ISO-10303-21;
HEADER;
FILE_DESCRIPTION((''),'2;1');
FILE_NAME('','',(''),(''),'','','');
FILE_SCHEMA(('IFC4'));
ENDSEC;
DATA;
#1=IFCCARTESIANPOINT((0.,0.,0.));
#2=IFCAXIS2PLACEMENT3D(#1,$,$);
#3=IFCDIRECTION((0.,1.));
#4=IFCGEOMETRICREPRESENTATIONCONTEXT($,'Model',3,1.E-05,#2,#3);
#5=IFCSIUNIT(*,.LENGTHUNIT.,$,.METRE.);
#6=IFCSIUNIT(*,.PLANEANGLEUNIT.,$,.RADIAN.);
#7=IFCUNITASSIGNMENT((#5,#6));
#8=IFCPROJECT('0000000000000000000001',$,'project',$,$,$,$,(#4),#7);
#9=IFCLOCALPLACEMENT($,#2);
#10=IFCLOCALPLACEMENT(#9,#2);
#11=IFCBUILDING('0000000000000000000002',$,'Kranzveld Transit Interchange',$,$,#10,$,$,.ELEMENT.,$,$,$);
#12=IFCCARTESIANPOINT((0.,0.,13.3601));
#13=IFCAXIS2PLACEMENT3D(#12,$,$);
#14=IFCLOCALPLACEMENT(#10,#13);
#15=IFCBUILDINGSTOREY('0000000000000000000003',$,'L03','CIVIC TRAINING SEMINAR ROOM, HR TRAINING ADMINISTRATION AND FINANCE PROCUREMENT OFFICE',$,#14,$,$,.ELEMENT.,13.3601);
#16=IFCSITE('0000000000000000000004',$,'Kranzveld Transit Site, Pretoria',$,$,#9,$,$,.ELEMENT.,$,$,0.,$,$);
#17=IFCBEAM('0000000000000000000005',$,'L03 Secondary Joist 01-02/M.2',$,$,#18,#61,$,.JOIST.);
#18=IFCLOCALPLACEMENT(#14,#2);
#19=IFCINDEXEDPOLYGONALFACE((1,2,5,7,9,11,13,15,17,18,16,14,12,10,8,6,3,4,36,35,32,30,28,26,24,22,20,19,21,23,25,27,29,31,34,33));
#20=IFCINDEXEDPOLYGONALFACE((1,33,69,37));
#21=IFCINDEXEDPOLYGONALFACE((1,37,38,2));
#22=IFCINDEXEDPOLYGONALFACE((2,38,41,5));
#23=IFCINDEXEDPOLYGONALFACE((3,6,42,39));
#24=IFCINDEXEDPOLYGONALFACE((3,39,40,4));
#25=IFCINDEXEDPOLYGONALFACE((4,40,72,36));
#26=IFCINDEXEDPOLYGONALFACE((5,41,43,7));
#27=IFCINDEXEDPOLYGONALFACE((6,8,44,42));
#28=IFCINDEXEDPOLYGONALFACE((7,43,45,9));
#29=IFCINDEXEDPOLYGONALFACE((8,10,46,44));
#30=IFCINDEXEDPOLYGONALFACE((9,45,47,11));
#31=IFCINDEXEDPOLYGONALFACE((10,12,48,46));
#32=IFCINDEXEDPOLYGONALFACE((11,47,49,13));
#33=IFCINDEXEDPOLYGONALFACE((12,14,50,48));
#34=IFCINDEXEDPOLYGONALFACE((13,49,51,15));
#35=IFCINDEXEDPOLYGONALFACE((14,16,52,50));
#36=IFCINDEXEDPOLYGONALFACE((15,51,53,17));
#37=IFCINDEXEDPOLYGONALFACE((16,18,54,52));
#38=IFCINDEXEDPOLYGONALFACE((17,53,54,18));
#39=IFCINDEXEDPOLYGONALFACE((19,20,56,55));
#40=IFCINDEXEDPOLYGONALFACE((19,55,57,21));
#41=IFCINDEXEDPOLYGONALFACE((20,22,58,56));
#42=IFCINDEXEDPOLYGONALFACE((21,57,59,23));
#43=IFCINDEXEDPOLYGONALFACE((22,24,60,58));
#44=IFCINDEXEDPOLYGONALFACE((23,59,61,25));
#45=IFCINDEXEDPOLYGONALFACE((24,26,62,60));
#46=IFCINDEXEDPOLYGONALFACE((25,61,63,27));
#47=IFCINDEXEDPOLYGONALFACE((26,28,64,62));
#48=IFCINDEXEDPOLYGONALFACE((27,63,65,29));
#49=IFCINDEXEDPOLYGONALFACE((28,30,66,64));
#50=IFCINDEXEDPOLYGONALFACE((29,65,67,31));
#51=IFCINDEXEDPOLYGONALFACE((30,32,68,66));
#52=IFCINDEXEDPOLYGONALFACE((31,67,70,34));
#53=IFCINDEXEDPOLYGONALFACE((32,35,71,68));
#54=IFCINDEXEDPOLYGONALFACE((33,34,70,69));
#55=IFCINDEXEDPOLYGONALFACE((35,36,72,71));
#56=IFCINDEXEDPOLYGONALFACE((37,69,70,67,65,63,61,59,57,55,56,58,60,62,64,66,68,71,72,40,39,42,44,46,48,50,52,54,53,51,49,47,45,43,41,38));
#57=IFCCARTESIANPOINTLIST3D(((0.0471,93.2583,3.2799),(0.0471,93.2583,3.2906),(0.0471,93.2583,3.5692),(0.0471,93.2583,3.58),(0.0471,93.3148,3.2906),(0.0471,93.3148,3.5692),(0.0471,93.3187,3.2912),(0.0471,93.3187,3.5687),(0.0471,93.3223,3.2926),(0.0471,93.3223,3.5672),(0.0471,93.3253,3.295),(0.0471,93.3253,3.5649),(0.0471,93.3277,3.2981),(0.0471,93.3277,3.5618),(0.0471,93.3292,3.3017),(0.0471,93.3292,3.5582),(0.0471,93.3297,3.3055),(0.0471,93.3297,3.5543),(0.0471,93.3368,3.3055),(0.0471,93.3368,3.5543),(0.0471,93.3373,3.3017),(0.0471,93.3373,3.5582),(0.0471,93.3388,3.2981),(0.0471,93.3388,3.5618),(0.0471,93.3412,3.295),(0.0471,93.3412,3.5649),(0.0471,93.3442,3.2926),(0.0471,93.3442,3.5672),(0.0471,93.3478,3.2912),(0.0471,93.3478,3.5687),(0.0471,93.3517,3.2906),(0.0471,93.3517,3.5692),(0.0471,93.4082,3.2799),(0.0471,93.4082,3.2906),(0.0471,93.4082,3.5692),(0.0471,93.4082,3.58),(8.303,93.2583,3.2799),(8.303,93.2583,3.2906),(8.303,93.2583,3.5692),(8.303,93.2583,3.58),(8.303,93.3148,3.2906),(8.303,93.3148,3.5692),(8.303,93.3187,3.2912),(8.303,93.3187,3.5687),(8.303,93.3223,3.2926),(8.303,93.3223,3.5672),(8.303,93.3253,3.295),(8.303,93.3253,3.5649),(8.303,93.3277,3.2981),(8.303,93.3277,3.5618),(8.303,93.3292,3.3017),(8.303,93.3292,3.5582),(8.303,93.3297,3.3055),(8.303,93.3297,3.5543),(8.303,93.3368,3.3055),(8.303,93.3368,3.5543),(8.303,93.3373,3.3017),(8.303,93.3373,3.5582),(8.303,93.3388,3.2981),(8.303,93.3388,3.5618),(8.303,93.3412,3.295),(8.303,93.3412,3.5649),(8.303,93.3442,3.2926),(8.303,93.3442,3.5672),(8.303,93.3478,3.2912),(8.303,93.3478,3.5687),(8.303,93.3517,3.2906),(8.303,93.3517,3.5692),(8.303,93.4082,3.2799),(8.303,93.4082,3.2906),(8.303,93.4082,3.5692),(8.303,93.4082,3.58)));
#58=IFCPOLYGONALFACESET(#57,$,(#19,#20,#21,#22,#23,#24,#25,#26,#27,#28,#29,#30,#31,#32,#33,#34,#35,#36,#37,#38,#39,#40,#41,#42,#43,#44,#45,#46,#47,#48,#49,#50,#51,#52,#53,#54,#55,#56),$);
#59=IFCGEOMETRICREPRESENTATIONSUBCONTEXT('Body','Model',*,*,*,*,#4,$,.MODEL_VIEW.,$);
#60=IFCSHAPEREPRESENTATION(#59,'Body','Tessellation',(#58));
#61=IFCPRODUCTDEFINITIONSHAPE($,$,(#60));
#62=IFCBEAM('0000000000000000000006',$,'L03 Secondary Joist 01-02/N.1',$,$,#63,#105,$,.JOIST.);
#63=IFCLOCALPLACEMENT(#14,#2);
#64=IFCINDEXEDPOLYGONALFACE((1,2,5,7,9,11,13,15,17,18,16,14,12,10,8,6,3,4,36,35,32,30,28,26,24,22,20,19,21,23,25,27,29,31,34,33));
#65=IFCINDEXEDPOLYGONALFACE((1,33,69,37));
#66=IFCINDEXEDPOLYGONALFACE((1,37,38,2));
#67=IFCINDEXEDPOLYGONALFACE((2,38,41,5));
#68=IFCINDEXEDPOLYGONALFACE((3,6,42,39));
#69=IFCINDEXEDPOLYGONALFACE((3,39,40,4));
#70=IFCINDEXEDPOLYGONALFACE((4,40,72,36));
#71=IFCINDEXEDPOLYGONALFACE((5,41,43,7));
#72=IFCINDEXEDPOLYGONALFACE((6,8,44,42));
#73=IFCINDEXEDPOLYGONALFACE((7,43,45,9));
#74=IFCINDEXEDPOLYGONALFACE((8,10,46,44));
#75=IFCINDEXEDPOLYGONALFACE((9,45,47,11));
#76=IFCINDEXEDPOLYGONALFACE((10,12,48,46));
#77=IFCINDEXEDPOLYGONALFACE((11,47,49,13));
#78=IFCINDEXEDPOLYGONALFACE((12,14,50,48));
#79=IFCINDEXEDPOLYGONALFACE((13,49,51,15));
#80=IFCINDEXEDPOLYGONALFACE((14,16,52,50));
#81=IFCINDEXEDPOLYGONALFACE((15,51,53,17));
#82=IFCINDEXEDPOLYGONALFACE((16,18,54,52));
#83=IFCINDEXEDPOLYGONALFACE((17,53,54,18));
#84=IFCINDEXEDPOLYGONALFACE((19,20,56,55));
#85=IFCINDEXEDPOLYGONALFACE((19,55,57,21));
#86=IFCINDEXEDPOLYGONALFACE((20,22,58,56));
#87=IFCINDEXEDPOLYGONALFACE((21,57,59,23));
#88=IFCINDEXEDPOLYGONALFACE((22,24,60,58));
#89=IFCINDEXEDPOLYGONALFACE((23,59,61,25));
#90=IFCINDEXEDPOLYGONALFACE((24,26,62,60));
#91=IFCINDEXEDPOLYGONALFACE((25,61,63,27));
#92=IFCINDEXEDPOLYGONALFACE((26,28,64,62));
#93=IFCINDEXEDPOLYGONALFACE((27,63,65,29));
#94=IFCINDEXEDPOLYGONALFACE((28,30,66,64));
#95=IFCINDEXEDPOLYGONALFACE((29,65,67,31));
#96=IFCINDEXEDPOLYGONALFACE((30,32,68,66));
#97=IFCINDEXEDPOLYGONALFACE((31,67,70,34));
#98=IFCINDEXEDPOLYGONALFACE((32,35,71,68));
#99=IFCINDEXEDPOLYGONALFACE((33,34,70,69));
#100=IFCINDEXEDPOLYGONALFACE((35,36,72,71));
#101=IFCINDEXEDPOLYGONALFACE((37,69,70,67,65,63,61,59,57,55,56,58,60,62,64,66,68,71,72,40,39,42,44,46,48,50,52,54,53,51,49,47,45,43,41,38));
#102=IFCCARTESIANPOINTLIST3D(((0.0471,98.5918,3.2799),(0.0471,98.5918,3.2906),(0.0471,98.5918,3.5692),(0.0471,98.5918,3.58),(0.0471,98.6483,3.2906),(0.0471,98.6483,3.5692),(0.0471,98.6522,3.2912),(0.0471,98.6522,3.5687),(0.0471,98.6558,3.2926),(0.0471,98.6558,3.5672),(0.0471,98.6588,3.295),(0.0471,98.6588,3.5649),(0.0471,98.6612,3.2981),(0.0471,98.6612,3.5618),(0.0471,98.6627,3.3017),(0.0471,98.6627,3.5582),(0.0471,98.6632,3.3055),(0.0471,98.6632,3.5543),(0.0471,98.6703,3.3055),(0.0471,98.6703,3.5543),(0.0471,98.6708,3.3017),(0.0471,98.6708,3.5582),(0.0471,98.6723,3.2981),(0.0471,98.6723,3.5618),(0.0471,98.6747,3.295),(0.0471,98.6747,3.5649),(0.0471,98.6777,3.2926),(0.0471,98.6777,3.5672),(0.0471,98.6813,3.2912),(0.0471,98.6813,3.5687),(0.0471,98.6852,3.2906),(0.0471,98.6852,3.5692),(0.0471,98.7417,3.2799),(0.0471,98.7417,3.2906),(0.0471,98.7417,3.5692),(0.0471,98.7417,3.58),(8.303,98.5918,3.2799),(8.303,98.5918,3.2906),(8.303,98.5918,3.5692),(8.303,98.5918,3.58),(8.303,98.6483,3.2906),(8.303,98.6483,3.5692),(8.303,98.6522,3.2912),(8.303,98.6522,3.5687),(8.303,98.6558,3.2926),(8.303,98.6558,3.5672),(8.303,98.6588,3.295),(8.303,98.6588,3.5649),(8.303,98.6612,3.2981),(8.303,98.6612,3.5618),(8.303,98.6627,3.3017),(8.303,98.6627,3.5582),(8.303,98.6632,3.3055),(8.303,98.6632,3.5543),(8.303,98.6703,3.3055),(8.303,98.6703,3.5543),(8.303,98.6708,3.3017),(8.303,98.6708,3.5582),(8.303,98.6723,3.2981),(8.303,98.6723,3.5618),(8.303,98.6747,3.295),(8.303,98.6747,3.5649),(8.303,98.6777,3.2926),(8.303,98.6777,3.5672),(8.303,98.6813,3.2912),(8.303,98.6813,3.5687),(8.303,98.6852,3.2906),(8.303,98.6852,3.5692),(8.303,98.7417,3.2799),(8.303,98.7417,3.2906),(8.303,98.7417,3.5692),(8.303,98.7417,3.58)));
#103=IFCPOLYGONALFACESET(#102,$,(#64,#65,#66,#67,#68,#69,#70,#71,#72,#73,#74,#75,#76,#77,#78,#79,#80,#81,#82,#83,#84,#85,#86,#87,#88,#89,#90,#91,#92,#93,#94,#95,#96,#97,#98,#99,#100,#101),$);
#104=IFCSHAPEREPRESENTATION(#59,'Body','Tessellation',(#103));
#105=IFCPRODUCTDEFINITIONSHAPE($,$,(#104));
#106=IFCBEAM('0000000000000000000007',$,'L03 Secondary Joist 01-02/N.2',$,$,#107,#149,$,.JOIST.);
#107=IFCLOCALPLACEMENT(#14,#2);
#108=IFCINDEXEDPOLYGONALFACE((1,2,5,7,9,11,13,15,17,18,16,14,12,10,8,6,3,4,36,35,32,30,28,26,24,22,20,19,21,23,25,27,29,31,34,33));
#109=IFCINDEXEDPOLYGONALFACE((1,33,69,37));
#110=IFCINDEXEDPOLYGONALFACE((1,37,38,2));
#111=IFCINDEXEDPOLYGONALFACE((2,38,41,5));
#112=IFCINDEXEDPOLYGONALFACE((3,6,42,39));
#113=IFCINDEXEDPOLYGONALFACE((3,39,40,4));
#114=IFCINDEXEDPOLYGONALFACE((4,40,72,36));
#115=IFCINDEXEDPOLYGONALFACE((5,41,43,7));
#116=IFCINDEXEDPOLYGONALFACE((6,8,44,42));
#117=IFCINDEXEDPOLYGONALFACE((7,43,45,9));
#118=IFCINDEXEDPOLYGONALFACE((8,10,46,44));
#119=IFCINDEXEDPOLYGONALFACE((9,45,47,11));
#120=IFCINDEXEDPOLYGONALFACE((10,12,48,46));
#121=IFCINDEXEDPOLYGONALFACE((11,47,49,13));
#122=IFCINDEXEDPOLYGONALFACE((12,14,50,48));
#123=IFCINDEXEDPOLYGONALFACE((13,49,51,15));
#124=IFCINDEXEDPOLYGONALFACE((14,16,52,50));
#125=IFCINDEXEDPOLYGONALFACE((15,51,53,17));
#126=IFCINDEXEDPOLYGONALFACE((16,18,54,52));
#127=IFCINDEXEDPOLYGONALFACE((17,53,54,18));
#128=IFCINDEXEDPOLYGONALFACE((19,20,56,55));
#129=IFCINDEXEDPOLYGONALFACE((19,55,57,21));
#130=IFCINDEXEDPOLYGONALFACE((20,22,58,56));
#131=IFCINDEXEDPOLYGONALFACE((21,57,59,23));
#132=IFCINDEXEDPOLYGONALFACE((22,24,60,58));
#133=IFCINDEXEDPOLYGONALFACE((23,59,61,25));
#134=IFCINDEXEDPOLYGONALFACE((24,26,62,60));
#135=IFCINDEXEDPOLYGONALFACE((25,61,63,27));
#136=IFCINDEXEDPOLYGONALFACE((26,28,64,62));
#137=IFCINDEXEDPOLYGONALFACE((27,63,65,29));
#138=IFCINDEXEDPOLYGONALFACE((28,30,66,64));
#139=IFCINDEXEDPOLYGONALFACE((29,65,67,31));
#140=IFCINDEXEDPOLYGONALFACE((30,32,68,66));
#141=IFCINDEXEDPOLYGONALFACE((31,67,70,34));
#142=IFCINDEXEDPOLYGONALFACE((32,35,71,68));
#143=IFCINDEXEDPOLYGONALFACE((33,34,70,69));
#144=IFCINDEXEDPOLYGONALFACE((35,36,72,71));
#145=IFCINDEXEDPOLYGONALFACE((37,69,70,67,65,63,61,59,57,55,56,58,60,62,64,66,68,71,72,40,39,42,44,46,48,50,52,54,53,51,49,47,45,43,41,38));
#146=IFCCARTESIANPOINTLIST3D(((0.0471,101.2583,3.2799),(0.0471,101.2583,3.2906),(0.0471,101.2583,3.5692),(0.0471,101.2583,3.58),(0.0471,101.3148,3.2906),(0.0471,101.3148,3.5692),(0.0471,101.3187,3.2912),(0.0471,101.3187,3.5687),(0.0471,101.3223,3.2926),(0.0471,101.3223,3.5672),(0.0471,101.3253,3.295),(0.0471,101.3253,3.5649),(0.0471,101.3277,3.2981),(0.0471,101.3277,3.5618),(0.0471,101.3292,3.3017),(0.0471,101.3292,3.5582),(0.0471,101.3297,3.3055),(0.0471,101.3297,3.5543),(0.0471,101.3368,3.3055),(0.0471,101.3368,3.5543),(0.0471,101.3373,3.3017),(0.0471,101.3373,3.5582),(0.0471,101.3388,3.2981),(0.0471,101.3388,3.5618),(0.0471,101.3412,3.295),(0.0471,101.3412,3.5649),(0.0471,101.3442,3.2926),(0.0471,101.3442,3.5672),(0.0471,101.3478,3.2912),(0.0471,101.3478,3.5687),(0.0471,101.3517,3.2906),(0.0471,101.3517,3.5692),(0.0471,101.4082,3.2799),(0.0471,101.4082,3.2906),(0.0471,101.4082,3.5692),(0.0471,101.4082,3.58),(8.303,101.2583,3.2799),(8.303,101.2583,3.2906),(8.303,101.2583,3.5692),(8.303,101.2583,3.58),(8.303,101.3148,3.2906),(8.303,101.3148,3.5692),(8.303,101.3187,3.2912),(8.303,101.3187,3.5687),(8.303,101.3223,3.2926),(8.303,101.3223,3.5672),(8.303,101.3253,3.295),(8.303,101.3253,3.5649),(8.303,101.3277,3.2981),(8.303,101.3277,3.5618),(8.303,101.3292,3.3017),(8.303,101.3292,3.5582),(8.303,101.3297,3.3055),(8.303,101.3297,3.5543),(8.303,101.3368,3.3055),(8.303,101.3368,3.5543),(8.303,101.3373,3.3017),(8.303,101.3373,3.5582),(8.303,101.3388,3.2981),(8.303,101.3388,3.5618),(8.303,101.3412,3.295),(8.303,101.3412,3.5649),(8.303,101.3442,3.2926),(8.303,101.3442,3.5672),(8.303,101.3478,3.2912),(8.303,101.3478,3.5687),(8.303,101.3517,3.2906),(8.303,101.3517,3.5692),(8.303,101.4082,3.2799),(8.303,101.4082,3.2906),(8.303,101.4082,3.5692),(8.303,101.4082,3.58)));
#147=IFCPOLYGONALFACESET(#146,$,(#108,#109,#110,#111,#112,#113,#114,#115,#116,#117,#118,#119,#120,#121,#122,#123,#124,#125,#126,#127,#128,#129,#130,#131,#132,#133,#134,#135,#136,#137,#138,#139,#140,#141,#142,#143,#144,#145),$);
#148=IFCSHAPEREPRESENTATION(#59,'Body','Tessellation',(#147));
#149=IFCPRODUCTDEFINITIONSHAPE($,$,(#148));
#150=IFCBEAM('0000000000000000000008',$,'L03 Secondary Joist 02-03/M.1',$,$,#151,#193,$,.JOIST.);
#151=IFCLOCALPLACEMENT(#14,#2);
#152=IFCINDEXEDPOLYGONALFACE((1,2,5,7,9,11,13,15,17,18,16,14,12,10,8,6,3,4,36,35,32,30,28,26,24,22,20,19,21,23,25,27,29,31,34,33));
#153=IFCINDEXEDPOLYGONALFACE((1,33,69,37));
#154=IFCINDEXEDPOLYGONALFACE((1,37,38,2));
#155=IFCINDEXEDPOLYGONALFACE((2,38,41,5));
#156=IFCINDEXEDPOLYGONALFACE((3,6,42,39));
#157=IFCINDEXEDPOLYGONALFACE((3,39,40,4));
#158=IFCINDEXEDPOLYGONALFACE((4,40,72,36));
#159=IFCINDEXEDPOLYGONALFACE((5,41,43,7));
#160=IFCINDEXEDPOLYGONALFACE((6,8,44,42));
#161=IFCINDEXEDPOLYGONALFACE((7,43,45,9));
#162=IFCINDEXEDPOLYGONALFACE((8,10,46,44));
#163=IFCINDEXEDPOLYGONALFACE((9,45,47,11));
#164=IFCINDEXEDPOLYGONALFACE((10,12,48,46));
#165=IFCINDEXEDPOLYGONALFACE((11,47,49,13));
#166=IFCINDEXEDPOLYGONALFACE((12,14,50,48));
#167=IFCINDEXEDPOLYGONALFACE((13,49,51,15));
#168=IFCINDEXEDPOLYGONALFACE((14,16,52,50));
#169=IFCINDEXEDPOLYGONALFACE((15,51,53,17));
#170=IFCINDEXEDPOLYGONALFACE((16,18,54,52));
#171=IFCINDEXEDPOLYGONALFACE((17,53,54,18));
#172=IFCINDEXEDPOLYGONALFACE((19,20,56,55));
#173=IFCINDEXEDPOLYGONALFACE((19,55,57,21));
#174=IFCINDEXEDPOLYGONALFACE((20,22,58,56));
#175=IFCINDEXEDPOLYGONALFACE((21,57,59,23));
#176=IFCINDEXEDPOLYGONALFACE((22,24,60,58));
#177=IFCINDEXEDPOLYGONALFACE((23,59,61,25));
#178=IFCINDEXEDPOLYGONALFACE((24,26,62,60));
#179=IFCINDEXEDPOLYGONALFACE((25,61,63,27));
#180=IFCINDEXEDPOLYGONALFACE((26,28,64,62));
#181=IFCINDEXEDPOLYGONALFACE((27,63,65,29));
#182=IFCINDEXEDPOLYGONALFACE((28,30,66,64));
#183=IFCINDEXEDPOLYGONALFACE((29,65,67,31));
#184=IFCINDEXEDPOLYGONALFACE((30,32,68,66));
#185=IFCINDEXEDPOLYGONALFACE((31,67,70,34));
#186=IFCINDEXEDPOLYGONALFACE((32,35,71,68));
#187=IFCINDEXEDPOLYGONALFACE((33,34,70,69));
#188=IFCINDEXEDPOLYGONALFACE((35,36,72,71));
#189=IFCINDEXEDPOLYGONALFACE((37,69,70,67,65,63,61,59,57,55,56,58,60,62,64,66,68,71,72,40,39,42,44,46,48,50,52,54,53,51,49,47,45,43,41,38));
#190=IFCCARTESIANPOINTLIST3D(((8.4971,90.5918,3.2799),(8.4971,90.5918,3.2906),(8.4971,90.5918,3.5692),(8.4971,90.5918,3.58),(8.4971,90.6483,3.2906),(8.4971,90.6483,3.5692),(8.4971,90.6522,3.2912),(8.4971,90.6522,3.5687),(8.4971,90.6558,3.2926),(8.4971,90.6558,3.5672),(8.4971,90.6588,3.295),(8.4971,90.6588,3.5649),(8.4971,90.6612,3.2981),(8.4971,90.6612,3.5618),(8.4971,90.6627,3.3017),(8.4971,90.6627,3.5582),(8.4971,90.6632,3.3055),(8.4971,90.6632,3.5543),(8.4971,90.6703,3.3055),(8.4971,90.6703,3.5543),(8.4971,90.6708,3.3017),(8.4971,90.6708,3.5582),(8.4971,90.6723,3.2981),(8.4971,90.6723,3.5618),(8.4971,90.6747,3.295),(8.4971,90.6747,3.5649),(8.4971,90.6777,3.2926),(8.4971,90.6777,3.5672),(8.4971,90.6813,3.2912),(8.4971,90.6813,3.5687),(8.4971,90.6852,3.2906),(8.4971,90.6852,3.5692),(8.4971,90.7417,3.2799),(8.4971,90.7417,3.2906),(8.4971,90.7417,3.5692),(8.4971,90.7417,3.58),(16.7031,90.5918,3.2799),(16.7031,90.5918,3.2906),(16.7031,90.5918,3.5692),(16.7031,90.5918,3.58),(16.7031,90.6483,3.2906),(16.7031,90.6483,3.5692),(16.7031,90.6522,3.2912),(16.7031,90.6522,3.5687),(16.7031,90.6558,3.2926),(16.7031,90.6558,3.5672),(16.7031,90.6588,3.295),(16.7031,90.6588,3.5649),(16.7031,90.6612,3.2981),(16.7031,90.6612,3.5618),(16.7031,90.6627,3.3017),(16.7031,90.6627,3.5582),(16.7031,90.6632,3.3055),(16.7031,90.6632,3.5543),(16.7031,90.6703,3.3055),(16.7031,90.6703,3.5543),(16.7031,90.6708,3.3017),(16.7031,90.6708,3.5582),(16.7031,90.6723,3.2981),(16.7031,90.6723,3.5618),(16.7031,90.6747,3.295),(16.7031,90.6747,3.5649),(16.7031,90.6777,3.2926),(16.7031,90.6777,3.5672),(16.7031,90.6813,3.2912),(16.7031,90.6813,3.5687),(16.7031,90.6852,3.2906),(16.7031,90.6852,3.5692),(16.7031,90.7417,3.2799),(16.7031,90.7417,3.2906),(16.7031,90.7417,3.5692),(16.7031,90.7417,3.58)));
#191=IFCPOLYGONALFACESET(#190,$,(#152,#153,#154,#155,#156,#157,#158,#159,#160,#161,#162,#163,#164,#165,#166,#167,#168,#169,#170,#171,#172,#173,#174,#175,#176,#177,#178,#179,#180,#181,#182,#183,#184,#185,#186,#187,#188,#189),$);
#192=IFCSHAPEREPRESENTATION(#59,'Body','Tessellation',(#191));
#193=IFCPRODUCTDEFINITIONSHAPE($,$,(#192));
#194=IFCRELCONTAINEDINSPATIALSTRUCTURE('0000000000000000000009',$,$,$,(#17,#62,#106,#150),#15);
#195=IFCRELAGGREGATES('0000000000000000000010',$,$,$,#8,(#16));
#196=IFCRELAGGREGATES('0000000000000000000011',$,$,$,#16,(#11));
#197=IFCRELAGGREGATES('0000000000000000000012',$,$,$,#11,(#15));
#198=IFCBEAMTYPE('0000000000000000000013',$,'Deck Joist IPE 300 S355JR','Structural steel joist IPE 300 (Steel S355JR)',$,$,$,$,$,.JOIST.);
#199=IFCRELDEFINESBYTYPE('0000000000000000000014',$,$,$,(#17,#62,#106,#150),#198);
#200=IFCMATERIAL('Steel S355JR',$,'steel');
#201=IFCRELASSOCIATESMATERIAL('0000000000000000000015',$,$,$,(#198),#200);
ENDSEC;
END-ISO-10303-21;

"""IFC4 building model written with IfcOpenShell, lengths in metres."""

from ifc_helpers import new_model, si_unit, direction, frame, origin, origin_2d, place, context, subcontext, project, spatial, i_section, extrude, material, material_profile, profile_set, type_object, element, save


model = new_model("IFC4")

# Units and contexts
model_context = context("Model", 3, precision=1e-05, world=origin(), true_north=direction((0.0, 1.0)))
body_context = subcontext(model_context, "Body", "Model", "MODEL_VIEW")
ifc_project = project(units=[si_unit("LENGTHUNIT", "METRE"), si_unit("PLANEANGLEUNIT", "RADIAN")], contexts=[model_context])

# Site, building, storey
site_placement = place(None, origin())
site = spatial("IfcSite", under=ifc_project, at=site_placement, Name="Kranzveld Transit Site, Pretoria", CompositionType="ELEMENT", RefElevation=0.0)
building_placement = place(site_placement, origin())
building = spatial("IfcBuilding", under=site, at=building_placement, Name="Kranzveld Transit Interchange", CompositionType="ELEMENT")
storey_placement = place(building_placement, frame((0.0, 0.0, 13.3601)))
storey = spatial("IfcBuildingStorey", under=building, at=storey_placement, Name="L03", Description="CIVIC TRAINING SEMINAR ROOM, HR TRAINING ADMINISTRATION AND FINANCE PROCUREMENT OFFICE", CompositionType="ELEMENT", Elevation=13.3601)

# Beams
ifc_material_1 = material(Name="Steel S355JR", Category="steel")
ifc_material_profile_1 = material_profile(ifc_material_1, i_section(OverallWidth=0.1499, OverallDepth=0.3, WebThickness=0.0071, FlangeThickness=0.0107, FilletRadius=0.0149, at=origin_2d()), Name="IPE 300")
ifc_profile_set_1 = profile_set([ifc_material_profile_1], Name="Steel S355JR")
beam_type_1 = type_object("IfcBeamType", Name="Deck Joist IPE 300 S355JR", Description="Structural steel joist IPE 300 (Steel S355JR)", PredefinedType="JOIST", material=ifc_profile_set_1)
for number, where, z_axis, x_axis, name in (
    (1, (0.0471, 93.3333, 3.4299), (1.0, 0.0, 0.0), (0.0, 1.0, 0.0), "L03 Secondary Joist 01-02/M.2"),
    (2, (0.0471, 98.6667, 3.4299), (1.0, 0.0, 0.0), (0.0, 1.0, 0.0), "L03 Secondary Joist 01-02/N.1"),
    (3, (0.0471, 101.3333, 3.4299), (1.0, 0.0, 0.0), (0.0, 1.0, 0.0), "L03 Secondary Joist 01-02/N.2"),
):
    element("IfcBeam", number, at=place(storey_placement, frame(where, z_axis=z_axis, x_axis=x_axis)), inside=storey, type_object=beam_type_1, Name=name, PredefinedType="JOIST", context=body_context, shape_type="SweptSolid", body=[
        extrude(i_section(OverallWidth=0.1499, OverallDepth=0.3, WebThickness=0.0071, FlangeThickness=0.0107, FilletRadius=0.0149, at=origin_2d()), origin(), (0.0, 0.0, 1.0), 8.2559),
    ])
for number, where, z_axis, x_axis, name in (
    (4, (8.4971, 90.6667, 3.4299), (1.0, 0.0, 0.0), (0.0, 1.0, 0.0), "L03 Secondary Joist 02-03/M.1"),
):
    element("IfcBeam", number, at=place(storey_placement, frame(where, z_axis=z_axis, x_axis=x_axis)), inside=storey, type_object=beam_type_1, Name=name, PredefinedType="JOIST", context=body_context, shape_type="SweptSolid", body=[
        extrude(i_section(OverallWidth=0.1499, OverallDepth=0.3, WebThickness=0.0071, FlangeThickness=0.0107, FilletRadius=0.0149, at=origin_2d()), origin(), (0.0, 0.0, 1.0), 8.2061),
    ])

save(model, "model.ifc")
